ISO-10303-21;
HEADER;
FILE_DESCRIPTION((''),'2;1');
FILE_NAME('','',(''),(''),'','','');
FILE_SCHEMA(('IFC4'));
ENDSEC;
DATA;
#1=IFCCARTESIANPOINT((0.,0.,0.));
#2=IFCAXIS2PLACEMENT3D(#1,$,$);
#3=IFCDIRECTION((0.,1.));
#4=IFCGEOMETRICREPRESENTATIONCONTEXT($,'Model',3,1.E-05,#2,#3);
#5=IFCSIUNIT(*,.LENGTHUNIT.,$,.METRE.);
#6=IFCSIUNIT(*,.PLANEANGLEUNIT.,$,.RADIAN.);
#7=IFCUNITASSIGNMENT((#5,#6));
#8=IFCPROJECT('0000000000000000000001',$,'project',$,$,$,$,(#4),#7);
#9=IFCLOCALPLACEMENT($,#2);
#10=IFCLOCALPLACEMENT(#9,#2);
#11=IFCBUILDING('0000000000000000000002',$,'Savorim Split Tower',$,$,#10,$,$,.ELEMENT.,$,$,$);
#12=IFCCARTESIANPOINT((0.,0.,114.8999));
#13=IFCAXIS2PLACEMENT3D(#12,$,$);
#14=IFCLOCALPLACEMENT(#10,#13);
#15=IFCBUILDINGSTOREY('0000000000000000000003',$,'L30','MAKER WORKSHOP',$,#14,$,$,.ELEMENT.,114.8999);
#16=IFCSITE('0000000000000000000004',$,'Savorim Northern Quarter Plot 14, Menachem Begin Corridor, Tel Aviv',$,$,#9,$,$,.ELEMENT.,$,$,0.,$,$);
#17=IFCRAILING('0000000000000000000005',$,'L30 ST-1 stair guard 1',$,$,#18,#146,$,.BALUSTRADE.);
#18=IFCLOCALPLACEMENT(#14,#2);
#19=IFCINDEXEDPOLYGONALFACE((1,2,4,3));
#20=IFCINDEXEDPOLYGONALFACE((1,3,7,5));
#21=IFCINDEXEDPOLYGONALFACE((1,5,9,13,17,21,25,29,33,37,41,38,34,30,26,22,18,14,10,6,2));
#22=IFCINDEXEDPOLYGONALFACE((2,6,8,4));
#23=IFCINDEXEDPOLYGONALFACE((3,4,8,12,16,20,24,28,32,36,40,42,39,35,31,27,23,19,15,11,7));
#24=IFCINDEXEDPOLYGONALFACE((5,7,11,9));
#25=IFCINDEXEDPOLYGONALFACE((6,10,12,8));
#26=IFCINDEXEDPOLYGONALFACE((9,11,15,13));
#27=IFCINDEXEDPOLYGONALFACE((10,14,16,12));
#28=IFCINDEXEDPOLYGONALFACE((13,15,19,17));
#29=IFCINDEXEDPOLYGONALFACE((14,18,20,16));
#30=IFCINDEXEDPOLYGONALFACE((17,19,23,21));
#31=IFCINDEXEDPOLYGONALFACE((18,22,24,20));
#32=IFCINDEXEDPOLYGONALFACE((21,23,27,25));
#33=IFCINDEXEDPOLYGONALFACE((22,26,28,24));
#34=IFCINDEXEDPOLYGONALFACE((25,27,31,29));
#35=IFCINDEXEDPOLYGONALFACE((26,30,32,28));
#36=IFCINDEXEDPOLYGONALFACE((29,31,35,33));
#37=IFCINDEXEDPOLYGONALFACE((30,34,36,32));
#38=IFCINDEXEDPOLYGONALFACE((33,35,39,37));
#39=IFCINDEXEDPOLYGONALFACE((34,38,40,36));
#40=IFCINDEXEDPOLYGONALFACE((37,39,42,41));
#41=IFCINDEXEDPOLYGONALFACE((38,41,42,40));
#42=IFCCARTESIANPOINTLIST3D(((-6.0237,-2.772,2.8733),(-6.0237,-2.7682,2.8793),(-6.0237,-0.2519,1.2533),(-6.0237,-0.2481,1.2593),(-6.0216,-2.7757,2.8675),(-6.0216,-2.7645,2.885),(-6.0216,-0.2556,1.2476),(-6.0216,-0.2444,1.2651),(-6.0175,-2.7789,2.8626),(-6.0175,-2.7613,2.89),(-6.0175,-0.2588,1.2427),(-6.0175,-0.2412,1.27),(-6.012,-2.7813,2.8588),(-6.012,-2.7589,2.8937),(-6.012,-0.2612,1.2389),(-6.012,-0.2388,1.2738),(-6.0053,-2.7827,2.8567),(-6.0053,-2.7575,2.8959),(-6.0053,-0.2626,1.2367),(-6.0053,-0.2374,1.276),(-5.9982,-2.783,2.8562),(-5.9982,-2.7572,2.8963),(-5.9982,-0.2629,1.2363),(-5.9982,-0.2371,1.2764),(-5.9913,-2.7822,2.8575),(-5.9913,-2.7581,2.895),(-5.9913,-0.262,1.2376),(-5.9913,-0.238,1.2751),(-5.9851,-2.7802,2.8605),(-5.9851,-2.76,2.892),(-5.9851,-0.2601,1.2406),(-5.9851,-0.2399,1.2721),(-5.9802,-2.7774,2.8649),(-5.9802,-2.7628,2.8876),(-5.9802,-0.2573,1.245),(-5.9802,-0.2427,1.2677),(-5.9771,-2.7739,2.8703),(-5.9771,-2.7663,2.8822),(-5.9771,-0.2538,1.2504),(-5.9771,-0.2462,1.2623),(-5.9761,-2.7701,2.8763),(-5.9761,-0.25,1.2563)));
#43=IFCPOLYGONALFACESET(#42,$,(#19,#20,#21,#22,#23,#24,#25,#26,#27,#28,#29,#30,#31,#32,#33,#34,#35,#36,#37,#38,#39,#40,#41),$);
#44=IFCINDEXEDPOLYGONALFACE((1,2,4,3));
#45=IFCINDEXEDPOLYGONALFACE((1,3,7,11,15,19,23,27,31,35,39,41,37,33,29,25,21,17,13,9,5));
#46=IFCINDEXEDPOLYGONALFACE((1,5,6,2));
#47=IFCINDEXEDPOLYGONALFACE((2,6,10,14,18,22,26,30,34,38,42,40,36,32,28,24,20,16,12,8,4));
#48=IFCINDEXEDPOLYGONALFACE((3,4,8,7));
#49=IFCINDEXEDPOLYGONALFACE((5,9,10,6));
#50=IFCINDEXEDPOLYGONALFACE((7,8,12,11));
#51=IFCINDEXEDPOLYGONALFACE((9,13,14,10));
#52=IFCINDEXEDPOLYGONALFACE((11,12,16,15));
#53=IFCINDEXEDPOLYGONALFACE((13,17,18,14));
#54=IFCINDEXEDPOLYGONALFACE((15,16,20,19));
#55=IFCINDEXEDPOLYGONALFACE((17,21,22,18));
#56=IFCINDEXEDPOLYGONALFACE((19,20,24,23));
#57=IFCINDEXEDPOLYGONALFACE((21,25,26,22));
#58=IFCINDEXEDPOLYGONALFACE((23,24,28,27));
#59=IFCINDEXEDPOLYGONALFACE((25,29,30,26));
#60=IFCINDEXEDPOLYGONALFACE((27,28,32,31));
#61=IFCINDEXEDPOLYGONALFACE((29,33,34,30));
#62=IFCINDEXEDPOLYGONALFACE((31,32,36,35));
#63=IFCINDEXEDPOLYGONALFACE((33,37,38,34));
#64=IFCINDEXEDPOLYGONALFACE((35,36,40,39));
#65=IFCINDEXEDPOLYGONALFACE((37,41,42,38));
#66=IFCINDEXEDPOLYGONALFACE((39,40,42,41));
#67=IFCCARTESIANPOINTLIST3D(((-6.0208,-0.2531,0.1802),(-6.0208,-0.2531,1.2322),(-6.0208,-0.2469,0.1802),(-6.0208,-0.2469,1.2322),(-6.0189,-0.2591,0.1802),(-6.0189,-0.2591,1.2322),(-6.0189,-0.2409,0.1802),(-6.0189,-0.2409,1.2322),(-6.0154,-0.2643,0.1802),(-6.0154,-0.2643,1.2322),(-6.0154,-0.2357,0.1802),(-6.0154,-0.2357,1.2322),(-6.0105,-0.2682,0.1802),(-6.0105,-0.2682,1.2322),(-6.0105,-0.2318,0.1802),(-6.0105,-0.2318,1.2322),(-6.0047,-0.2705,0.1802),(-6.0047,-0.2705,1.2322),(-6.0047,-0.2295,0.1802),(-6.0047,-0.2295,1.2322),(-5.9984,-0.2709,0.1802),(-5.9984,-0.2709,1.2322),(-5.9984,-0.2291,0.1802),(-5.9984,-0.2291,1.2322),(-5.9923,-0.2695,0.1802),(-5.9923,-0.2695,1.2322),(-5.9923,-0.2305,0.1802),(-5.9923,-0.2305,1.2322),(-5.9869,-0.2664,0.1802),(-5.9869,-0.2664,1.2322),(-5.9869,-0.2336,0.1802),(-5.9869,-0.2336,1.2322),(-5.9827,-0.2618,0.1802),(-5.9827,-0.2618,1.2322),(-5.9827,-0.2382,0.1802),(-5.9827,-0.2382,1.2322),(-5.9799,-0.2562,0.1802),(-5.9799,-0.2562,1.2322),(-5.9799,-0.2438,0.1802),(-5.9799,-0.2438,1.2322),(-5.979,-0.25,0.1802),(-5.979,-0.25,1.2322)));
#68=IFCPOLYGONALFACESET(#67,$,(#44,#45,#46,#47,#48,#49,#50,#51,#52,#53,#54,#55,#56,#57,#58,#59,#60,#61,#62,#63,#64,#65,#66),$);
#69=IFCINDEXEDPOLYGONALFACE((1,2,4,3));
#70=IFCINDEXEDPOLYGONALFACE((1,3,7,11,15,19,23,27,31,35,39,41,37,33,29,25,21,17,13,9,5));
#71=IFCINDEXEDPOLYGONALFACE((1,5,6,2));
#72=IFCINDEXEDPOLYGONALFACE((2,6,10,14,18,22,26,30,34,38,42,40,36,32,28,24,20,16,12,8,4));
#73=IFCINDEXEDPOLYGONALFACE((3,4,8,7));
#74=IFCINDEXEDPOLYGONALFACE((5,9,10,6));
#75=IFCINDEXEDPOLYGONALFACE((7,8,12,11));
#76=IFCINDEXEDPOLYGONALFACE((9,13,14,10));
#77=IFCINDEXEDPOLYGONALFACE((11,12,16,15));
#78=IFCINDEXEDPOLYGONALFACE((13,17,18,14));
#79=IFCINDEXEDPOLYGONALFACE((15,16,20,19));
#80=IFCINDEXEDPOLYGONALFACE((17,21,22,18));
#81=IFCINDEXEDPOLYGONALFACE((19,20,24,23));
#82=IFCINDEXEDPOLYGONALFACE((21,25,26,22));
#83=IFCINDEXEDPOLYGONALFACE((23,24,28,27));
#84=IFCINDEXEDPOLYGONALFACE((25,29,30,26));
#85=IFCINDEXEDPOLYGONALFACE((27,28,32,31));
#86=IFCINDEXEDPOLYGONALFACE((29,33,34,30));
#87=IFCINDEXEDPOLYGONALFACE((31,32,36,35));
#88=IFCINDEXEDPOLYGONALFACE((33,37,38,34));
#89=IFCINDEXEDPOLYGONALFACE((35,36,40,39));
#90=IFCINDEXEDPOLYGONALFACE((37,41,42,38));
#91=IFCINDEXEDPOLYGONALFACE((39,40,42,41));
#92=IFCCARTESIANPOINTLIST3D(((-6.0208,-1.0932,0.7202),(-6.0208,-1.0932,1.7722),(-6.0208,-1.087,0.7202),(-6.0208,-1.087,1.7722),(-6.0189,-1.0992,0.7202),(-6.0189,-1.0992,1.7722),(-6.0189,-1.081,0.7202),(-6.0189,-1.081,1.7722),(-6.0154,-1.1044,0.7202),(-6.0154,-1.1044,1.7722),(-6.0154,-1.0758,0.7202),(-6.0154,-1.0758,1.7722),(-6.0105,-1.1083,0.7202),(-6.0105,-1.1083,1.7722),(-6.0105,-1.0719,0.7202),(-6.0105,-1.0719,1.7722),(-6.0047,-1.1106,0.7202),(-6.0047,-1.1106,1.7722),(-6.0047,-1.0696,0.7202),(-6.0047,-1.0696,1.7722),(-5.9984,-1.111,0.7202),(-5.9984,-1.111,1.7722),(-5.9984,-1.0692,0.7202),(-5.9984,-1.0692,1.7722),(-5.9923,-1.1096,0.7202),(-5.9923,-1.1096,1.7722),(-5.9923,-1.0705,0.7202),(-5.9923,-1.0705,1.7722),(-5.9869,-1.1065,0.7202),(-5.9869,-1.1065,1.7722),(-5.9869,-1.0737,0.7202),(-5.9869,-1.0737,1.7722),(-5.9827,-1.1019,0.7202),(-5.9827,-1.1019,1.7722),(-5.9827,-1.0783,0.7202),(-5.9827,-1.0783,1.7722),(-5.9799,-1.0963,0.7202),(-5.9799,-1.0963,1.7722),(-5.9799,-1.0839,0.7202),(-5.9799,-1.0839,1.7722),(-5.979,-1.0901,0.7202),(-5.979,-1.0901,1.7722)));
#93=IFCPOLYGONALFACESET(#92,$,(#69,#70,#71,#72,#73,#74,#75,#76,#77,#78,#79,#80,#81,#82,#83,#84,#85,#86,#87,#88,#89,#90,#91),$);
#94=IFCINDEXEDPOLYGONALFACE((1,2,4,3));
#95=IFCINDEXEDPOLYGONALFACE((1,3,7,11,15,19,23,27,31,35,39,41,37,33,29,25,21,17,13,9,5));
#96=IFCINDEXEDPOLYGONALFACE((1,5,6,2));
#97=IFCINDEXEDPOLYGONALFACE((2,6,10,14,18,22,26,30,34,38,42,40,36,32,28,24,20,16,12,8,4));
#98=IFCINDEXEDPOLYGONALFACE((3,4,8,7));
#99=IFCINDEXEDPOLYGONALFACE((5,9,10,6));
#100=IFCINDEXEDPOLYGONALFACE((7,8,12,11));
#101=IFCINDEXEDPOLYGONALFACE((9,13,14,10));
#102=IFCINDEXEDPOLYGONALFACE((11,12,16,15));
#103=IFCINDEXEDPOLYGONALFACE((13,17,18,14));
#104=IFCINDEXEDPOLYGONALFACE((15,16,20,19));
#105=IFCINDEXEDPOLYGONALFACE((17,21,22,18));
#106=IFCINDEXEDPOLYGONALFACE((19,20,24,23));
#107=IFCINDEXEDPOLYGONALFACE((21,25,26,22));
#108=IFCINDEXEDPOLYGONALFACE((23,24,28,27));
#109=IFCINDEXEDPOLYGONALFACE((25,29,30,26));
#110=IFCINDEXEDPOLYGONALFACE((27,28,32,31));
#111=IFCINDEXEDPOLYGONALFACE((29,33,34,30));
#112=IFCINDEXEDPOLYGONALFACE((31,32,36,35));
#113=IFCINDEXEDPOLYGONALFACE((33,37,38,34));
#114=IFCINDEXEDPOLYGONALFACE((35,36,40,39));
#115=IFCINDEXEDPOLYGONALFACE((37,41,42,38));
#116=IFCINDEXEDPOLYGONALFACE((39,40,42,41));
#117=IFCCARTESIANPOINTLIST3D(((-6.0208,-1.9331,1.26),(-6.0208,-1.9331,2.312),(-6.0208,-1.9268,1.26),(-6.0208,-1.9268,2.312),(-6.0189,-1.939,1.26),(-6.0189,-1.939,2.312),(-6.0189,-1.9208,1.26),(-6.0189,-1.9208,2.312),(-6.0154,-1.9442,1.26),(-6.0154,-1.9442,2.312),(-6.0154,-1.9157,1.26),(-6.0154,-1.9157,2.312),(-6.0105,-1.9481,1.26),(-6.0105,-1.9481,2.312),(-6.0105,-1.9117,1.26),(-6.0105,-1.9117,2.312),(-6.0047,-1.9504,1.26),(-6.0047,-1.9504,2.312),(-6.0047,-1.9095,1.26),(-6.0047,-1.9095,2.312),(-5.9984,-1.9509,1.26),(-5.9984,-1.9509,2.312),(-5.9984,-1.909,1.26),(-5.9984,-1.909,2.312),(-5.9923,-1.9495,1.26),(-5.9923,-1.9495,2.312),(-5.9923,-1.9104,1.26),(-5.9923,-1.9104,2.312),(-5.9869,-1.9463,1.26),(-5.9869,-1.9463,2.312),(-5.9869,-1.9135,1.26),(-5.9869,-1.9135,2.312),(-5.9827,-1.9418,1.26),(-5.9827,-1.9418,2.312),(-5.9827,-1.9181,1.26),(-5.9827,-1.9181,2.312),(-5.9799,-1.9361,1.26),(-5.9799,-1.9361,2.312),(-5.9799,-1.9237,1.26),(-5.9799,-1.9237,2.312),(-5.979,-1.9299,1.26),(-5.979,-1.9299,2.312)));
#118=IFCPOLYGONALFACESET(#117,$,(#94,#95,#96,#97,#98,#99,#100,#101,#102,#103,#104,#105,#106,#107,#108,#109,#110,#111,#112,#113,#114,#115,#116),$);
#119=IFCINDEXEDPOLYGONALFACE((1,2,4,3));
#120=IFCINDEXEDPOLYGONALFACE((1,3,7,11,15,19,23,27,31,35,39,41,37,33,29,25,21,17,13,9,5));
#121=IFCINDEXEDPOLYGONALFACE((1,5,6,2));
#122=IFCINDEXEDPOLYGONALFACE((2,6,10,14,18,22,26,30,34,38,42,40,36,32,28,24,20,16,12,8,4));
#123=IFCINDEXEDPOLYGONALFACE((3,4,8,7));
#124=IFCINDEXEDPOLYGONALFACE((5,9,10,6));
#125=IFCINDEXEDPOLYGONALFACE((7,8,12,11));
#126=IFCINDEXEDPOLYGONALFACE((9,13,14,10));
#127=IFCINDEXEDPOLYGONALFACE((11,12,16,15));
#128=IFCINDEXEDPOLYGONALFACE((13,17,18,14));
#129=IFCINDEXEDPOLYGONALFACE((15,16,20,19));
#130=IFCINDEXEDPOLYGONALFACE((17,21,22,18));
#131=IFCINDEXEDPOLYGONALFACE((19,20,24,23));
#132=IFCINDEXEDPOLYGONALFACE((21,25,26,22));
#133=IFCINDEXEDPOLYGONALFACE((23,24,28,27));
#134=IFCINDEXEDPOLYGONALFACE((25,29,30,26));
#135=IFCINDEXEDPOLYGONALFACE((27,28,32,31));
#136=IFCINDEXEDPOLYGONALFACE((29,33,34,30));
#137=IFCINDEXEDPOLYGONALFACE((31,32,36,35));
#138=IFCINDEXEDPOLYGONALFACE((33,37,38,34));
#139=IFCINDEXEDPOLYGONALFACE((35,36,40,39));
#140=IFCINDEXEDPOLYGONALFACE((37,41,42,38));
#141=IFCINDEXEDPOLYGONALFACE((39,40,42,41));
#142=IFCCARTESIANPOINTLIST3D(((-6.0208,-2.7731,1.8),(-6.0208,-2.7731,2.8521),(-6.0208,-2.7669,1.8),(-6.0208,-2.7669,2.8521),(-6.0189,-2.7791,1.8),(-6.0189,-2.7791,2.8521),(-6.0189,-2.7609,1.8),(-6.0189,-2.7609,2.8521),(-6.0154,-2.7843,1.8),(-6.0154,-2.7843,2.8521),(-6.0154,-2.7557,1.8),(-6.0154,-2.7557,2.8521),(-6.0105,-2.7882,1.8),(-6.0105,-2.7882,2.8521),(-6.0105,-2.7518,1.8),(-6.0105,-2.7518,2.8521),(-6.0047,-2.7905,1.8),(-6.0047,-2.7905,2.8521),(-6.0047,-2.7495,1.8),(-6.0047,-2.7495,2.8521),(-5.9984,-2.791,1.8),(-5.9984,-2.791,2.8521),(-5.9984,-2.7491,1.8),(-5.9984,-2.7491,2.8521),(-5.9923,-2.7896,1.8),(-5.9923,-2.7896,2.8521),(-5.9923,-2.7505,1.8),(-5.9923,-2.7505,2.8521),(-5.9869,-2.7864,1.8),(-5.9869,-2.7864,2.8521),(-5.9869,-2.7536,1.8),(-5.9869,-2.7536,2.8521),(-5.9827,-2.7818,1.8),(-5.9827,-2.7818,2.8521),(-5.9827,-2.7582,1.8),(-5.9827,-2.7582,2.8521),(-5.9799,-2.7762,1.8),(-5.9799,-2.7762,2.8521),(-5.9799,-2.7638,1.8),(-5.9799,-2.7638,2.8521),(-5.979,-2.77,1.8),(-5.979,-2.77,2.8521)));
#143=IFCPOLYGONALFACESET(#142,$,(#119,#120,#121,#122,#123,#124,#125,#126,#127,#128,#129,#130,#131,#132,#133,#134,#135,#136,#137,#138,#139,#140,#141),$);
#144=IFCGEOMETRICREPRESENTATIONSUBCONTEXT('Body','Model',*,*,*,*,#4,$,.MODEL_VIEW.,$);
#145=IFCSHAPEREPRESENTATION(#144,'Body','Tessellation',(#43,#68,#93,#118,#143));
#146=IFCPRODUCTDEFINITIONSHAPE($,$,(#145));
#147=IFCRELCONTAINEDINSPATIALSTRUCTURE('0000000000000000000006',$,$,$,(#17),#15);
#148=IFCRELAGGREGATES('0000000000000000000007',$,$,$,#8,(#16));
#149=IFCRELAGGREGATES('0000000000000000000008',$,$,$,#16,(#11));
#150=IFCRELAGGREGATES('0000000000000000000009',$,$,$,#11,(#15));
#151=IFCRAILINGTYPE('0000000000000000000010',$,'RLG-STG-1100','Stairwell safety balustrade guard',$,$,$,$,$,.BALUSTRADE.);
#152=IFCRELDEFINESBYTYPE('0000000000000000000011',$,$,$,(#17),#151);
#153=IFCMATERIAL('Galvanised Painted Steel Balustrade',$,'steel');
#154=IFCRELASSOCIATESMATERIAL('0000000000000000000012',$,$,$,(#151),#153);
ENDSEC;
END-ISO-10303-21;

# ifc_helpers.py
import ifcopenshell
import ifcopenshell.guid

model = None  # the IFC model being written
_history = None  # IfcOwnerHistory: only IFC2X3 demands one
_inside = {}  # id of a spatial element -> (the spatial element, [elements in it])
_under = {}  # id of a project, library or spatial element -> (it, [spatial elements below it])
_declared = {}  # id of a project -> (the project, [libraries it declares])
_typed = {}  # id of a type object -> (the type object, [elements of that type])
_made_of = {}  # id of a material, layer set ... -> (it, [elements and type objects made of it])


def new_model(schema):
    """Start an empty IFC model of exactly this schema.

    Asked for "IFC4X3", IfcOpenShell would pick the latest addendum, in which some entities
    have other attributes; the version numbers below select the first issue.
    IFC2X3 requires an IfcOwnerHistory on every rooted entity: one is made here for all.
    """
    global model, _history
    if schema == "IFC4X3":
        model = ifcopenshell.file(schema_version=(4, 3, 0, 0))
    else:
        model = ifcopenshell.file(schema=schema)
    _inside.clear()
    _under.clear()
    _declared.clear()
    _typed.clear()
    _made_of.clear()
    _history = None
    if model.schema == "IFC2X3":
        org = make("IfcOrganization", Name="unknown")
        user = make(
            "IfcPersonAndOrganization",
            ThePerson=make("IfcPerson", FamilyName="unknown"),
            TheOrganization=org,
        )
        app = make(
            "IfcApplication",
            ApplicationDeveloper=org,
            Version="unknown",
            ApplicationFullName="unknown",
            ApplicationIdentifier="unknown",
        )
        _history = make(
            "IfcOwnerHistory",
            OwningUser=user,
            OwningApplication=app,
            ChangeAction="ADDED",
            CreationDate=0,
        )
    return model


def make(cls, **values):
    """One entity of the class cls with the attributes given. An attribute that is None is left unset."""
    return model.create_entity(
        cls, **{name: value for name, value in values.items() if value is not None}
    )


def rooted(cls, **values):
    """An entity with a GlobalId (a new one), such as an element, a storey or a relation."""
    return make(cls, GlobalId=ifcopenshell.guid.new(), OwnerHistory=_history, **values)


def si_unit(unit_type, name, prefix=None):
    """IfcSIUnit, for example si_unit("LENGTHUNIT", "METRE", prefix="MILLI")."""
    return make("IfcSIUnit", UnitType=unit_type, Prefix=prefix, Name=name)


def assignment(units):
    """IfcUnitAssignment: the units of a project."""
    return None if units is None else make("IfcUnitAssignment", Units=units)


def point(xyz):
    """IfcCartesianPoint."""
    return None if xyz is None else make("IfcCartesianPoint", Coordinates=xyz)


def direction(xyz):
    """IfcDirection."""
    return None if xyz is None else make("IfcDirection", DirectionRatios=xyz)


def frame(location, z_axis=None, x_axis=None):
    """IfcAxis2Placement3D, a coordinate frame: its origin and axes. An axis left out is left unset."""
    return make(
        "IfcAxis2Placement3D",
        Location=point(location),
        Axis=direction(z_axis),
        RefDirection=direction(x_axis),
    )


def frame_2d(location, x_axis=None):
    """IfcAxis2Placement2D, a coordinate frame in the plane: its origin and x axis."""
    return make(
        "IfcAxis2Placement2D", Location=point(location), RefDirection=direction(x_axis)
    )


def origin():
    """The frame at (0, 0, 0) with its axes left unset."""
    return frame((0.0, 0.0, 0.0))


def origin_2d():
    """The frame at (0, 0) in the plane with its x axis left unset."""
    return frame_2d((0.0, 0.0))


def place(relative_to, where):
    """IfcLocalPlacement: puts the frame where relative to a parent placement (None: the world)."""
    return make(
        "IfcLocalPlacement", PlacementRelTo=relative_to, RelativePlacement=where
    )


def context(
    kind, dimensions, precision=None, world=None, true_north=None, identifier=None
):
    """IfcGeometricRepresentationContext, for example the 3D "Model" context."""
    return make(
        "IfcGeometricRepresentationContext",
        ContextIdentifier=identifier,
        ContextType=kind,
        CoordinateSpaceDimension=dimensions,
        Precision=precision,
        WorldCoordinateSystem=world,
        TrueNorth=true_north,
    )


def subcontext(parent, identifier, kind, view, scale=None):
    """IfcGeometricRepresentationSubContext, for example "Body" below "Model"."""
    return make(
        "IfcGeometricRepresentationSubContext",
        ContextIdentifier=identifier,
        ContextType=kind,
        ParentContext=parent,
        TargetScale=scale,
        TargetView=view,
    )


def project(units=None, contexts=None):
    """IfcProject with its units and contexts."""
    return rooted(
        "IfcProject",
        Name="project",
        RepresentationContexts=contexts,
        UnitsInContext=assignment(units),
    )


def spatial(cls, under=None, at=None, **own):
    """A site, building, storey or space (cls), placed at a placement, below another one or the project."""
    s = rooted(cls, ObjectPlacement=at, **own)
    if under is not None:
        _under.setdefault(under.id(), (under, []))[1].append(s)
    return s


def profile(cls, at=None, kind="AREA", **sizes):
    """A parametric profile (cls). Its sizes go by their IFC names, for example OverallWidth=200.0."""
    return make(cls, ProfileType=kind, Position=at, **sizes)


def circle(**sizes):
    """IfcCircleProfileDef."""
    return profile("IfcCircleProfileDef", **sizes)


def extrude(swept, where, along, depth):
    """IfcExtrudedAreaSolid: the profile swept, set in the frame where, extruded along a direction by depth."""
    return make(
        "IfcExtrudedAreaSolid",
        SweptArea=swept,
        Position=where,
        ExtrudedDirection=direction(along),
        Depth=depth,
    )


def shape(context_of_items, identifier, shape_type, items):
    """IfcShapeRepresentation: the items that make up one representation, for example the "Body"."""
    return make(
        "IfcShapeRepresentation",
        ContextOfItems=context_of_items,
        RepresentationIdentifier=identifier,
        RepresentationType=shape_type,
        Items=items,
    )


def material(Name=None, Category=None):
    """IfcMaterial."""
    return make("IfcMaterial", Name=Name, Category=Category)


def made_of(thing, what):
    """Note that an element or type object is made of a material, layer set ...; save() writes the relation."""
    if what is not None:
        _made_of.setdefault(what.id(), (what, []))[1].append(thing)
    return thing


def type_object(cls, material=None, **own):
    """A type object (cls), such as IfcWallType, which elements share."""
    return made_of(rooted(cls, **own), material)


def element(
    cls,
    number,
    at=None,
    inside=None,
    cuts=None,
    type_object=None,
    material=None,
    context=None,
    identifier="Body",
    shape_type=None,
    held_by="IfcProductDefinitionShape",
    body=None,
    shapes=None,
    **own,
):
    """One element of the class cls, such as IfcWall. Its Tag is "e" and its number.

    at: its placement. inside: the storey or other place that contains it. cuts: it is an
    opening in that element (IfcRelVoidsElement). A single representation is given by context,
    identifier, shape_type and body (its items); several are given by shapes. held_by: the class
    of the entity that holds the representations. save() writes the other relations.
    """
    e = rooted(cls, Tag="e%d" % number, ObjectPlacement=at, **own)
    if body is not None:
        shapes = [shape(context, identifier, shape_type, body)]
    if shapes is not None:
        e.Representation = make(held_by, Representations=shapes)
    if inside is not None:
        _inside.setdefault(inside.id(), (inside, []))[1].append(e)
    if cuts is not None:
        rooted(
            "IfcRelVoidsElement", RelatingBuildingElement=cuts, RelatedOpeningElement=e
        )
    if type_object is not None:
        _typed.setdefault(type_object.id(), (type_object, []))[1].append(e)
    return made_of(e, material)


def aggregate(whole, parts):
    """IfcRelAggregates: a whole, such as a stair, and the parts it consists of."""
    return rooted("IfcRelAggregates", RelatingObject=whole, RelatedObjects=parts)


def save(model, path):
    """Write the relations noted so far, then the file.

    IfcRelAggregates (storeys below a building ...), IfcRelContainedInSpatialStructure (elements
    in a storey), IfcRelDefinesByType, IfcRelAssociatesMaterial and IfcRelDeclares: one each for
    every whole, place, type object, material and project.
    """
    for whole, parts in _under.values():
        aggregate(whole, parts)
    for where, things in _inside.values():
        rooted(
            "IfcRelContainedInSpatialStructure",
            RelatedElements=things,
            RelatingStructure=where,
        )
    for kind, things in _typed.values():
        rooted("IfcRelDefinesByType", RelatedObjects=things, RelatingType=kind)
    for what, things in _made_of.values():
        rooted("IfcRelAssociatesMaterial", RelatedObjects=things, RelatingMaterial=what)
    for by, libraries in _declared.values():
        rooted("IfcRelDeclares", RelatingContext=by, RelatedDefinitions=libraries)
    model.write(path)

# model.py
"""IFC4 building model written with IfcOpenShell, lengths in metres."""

from ifc_helpers import new_model, si_unit, direction, frame, origin, origin_2d, place, context, subcontext, project, spatial, circle, extrude, material, type_object, element, save


model = new_model("IFC4")

# Units and contexts
model_context = context("Model", 3, precision=1e-05, world=origin(), true_north=direction((0.0, 1.0)))
body_context = subcontext(model_context, "Body", "Model", "MODEL_VIEW")
ifc_project = project(units=[si_unit("LENGTHUNIT", "METRE"), si_unit("PLANEANGLEUNIT", "RADIAN")], contexts=[model_context])

# Site, building, storey
site_placement = place(None, origin())
site = spatial("IfcSite", under=ifc_project, at=site_placement, Name="Savorim Northern Quarter Plot 14, Menachem Begin Corridor, Tel Aviv", CompositionType="ELEMENT", RefElevation=0.0)
building_placement = place(site_placement, origin())
building = spatial("IfcBuilding", under=site, at=building_placement, Name="Savorim Split Tower", CompositionType="ELEMENT")
storey_placement = place(building_placement, frame((0.0, 0.0, 114.8999)))
storey = spatial("IfcBuildingStorey", under=building, at=storey_placement, Name="L30", Description="MAKER WORKSHOP", CompositionType="ELEMENT", Elevation=114.8999)

# Railing
ifc_material_1 = material(Name="Galvanised Painted Steel Balustrade", Category="steel")
railing_type_1 = type_object("IfcRailingType", Name="RLG-STG-1100", Description="Stairwell safety balustrade guard", PredefinedType="BALUSTRADE", material=ifc_material_1)
railing_1_placement = place(storey_placement, frame((-6.0, -0.25, 0.1802)))
element("IfcRailing", 1, at=railing_1_placement, inside=storey, type_object=railing_type_1, Name="L30 ST-1 stair guard 1", PredefinedType="BALUSTRADE", context=body_context, shape_type="SweptSolid", body=[
    extrude(circle(Radius=0.0239, at=origin_2d()), frame((0.0, 0.0, 1.0762), z_axis=(0.0, -0.8412, 0.540725), x_axis=(1.0, 0.0, 0.0)), (0.0, 0.0, 1.0), 2.9958),
    extrude(circle(Radius=0.021, at=origin_2d()), origin(), (0.0, 0.0, 1.0), 1.052),
    extrude(circle(Radius=0.021, at=origin_2d()), frame((0.0, -0.8401, 0.54)), (0.0, 0.0, 1.0), 1.052),
    extrude(circle(Radius=0.021, at=origin_2d()), frame((0.0, -1.6799, 1.0798)), (0.0, 0.0, 1.0), 1.052),
    extrude(circle(Radius=0.021, at=origin_2d()), frame((0.0, -2.52, 1.6199)), (0.0, 0.0, 1.0), 1.052),
])

save(model, "model.ifc")
